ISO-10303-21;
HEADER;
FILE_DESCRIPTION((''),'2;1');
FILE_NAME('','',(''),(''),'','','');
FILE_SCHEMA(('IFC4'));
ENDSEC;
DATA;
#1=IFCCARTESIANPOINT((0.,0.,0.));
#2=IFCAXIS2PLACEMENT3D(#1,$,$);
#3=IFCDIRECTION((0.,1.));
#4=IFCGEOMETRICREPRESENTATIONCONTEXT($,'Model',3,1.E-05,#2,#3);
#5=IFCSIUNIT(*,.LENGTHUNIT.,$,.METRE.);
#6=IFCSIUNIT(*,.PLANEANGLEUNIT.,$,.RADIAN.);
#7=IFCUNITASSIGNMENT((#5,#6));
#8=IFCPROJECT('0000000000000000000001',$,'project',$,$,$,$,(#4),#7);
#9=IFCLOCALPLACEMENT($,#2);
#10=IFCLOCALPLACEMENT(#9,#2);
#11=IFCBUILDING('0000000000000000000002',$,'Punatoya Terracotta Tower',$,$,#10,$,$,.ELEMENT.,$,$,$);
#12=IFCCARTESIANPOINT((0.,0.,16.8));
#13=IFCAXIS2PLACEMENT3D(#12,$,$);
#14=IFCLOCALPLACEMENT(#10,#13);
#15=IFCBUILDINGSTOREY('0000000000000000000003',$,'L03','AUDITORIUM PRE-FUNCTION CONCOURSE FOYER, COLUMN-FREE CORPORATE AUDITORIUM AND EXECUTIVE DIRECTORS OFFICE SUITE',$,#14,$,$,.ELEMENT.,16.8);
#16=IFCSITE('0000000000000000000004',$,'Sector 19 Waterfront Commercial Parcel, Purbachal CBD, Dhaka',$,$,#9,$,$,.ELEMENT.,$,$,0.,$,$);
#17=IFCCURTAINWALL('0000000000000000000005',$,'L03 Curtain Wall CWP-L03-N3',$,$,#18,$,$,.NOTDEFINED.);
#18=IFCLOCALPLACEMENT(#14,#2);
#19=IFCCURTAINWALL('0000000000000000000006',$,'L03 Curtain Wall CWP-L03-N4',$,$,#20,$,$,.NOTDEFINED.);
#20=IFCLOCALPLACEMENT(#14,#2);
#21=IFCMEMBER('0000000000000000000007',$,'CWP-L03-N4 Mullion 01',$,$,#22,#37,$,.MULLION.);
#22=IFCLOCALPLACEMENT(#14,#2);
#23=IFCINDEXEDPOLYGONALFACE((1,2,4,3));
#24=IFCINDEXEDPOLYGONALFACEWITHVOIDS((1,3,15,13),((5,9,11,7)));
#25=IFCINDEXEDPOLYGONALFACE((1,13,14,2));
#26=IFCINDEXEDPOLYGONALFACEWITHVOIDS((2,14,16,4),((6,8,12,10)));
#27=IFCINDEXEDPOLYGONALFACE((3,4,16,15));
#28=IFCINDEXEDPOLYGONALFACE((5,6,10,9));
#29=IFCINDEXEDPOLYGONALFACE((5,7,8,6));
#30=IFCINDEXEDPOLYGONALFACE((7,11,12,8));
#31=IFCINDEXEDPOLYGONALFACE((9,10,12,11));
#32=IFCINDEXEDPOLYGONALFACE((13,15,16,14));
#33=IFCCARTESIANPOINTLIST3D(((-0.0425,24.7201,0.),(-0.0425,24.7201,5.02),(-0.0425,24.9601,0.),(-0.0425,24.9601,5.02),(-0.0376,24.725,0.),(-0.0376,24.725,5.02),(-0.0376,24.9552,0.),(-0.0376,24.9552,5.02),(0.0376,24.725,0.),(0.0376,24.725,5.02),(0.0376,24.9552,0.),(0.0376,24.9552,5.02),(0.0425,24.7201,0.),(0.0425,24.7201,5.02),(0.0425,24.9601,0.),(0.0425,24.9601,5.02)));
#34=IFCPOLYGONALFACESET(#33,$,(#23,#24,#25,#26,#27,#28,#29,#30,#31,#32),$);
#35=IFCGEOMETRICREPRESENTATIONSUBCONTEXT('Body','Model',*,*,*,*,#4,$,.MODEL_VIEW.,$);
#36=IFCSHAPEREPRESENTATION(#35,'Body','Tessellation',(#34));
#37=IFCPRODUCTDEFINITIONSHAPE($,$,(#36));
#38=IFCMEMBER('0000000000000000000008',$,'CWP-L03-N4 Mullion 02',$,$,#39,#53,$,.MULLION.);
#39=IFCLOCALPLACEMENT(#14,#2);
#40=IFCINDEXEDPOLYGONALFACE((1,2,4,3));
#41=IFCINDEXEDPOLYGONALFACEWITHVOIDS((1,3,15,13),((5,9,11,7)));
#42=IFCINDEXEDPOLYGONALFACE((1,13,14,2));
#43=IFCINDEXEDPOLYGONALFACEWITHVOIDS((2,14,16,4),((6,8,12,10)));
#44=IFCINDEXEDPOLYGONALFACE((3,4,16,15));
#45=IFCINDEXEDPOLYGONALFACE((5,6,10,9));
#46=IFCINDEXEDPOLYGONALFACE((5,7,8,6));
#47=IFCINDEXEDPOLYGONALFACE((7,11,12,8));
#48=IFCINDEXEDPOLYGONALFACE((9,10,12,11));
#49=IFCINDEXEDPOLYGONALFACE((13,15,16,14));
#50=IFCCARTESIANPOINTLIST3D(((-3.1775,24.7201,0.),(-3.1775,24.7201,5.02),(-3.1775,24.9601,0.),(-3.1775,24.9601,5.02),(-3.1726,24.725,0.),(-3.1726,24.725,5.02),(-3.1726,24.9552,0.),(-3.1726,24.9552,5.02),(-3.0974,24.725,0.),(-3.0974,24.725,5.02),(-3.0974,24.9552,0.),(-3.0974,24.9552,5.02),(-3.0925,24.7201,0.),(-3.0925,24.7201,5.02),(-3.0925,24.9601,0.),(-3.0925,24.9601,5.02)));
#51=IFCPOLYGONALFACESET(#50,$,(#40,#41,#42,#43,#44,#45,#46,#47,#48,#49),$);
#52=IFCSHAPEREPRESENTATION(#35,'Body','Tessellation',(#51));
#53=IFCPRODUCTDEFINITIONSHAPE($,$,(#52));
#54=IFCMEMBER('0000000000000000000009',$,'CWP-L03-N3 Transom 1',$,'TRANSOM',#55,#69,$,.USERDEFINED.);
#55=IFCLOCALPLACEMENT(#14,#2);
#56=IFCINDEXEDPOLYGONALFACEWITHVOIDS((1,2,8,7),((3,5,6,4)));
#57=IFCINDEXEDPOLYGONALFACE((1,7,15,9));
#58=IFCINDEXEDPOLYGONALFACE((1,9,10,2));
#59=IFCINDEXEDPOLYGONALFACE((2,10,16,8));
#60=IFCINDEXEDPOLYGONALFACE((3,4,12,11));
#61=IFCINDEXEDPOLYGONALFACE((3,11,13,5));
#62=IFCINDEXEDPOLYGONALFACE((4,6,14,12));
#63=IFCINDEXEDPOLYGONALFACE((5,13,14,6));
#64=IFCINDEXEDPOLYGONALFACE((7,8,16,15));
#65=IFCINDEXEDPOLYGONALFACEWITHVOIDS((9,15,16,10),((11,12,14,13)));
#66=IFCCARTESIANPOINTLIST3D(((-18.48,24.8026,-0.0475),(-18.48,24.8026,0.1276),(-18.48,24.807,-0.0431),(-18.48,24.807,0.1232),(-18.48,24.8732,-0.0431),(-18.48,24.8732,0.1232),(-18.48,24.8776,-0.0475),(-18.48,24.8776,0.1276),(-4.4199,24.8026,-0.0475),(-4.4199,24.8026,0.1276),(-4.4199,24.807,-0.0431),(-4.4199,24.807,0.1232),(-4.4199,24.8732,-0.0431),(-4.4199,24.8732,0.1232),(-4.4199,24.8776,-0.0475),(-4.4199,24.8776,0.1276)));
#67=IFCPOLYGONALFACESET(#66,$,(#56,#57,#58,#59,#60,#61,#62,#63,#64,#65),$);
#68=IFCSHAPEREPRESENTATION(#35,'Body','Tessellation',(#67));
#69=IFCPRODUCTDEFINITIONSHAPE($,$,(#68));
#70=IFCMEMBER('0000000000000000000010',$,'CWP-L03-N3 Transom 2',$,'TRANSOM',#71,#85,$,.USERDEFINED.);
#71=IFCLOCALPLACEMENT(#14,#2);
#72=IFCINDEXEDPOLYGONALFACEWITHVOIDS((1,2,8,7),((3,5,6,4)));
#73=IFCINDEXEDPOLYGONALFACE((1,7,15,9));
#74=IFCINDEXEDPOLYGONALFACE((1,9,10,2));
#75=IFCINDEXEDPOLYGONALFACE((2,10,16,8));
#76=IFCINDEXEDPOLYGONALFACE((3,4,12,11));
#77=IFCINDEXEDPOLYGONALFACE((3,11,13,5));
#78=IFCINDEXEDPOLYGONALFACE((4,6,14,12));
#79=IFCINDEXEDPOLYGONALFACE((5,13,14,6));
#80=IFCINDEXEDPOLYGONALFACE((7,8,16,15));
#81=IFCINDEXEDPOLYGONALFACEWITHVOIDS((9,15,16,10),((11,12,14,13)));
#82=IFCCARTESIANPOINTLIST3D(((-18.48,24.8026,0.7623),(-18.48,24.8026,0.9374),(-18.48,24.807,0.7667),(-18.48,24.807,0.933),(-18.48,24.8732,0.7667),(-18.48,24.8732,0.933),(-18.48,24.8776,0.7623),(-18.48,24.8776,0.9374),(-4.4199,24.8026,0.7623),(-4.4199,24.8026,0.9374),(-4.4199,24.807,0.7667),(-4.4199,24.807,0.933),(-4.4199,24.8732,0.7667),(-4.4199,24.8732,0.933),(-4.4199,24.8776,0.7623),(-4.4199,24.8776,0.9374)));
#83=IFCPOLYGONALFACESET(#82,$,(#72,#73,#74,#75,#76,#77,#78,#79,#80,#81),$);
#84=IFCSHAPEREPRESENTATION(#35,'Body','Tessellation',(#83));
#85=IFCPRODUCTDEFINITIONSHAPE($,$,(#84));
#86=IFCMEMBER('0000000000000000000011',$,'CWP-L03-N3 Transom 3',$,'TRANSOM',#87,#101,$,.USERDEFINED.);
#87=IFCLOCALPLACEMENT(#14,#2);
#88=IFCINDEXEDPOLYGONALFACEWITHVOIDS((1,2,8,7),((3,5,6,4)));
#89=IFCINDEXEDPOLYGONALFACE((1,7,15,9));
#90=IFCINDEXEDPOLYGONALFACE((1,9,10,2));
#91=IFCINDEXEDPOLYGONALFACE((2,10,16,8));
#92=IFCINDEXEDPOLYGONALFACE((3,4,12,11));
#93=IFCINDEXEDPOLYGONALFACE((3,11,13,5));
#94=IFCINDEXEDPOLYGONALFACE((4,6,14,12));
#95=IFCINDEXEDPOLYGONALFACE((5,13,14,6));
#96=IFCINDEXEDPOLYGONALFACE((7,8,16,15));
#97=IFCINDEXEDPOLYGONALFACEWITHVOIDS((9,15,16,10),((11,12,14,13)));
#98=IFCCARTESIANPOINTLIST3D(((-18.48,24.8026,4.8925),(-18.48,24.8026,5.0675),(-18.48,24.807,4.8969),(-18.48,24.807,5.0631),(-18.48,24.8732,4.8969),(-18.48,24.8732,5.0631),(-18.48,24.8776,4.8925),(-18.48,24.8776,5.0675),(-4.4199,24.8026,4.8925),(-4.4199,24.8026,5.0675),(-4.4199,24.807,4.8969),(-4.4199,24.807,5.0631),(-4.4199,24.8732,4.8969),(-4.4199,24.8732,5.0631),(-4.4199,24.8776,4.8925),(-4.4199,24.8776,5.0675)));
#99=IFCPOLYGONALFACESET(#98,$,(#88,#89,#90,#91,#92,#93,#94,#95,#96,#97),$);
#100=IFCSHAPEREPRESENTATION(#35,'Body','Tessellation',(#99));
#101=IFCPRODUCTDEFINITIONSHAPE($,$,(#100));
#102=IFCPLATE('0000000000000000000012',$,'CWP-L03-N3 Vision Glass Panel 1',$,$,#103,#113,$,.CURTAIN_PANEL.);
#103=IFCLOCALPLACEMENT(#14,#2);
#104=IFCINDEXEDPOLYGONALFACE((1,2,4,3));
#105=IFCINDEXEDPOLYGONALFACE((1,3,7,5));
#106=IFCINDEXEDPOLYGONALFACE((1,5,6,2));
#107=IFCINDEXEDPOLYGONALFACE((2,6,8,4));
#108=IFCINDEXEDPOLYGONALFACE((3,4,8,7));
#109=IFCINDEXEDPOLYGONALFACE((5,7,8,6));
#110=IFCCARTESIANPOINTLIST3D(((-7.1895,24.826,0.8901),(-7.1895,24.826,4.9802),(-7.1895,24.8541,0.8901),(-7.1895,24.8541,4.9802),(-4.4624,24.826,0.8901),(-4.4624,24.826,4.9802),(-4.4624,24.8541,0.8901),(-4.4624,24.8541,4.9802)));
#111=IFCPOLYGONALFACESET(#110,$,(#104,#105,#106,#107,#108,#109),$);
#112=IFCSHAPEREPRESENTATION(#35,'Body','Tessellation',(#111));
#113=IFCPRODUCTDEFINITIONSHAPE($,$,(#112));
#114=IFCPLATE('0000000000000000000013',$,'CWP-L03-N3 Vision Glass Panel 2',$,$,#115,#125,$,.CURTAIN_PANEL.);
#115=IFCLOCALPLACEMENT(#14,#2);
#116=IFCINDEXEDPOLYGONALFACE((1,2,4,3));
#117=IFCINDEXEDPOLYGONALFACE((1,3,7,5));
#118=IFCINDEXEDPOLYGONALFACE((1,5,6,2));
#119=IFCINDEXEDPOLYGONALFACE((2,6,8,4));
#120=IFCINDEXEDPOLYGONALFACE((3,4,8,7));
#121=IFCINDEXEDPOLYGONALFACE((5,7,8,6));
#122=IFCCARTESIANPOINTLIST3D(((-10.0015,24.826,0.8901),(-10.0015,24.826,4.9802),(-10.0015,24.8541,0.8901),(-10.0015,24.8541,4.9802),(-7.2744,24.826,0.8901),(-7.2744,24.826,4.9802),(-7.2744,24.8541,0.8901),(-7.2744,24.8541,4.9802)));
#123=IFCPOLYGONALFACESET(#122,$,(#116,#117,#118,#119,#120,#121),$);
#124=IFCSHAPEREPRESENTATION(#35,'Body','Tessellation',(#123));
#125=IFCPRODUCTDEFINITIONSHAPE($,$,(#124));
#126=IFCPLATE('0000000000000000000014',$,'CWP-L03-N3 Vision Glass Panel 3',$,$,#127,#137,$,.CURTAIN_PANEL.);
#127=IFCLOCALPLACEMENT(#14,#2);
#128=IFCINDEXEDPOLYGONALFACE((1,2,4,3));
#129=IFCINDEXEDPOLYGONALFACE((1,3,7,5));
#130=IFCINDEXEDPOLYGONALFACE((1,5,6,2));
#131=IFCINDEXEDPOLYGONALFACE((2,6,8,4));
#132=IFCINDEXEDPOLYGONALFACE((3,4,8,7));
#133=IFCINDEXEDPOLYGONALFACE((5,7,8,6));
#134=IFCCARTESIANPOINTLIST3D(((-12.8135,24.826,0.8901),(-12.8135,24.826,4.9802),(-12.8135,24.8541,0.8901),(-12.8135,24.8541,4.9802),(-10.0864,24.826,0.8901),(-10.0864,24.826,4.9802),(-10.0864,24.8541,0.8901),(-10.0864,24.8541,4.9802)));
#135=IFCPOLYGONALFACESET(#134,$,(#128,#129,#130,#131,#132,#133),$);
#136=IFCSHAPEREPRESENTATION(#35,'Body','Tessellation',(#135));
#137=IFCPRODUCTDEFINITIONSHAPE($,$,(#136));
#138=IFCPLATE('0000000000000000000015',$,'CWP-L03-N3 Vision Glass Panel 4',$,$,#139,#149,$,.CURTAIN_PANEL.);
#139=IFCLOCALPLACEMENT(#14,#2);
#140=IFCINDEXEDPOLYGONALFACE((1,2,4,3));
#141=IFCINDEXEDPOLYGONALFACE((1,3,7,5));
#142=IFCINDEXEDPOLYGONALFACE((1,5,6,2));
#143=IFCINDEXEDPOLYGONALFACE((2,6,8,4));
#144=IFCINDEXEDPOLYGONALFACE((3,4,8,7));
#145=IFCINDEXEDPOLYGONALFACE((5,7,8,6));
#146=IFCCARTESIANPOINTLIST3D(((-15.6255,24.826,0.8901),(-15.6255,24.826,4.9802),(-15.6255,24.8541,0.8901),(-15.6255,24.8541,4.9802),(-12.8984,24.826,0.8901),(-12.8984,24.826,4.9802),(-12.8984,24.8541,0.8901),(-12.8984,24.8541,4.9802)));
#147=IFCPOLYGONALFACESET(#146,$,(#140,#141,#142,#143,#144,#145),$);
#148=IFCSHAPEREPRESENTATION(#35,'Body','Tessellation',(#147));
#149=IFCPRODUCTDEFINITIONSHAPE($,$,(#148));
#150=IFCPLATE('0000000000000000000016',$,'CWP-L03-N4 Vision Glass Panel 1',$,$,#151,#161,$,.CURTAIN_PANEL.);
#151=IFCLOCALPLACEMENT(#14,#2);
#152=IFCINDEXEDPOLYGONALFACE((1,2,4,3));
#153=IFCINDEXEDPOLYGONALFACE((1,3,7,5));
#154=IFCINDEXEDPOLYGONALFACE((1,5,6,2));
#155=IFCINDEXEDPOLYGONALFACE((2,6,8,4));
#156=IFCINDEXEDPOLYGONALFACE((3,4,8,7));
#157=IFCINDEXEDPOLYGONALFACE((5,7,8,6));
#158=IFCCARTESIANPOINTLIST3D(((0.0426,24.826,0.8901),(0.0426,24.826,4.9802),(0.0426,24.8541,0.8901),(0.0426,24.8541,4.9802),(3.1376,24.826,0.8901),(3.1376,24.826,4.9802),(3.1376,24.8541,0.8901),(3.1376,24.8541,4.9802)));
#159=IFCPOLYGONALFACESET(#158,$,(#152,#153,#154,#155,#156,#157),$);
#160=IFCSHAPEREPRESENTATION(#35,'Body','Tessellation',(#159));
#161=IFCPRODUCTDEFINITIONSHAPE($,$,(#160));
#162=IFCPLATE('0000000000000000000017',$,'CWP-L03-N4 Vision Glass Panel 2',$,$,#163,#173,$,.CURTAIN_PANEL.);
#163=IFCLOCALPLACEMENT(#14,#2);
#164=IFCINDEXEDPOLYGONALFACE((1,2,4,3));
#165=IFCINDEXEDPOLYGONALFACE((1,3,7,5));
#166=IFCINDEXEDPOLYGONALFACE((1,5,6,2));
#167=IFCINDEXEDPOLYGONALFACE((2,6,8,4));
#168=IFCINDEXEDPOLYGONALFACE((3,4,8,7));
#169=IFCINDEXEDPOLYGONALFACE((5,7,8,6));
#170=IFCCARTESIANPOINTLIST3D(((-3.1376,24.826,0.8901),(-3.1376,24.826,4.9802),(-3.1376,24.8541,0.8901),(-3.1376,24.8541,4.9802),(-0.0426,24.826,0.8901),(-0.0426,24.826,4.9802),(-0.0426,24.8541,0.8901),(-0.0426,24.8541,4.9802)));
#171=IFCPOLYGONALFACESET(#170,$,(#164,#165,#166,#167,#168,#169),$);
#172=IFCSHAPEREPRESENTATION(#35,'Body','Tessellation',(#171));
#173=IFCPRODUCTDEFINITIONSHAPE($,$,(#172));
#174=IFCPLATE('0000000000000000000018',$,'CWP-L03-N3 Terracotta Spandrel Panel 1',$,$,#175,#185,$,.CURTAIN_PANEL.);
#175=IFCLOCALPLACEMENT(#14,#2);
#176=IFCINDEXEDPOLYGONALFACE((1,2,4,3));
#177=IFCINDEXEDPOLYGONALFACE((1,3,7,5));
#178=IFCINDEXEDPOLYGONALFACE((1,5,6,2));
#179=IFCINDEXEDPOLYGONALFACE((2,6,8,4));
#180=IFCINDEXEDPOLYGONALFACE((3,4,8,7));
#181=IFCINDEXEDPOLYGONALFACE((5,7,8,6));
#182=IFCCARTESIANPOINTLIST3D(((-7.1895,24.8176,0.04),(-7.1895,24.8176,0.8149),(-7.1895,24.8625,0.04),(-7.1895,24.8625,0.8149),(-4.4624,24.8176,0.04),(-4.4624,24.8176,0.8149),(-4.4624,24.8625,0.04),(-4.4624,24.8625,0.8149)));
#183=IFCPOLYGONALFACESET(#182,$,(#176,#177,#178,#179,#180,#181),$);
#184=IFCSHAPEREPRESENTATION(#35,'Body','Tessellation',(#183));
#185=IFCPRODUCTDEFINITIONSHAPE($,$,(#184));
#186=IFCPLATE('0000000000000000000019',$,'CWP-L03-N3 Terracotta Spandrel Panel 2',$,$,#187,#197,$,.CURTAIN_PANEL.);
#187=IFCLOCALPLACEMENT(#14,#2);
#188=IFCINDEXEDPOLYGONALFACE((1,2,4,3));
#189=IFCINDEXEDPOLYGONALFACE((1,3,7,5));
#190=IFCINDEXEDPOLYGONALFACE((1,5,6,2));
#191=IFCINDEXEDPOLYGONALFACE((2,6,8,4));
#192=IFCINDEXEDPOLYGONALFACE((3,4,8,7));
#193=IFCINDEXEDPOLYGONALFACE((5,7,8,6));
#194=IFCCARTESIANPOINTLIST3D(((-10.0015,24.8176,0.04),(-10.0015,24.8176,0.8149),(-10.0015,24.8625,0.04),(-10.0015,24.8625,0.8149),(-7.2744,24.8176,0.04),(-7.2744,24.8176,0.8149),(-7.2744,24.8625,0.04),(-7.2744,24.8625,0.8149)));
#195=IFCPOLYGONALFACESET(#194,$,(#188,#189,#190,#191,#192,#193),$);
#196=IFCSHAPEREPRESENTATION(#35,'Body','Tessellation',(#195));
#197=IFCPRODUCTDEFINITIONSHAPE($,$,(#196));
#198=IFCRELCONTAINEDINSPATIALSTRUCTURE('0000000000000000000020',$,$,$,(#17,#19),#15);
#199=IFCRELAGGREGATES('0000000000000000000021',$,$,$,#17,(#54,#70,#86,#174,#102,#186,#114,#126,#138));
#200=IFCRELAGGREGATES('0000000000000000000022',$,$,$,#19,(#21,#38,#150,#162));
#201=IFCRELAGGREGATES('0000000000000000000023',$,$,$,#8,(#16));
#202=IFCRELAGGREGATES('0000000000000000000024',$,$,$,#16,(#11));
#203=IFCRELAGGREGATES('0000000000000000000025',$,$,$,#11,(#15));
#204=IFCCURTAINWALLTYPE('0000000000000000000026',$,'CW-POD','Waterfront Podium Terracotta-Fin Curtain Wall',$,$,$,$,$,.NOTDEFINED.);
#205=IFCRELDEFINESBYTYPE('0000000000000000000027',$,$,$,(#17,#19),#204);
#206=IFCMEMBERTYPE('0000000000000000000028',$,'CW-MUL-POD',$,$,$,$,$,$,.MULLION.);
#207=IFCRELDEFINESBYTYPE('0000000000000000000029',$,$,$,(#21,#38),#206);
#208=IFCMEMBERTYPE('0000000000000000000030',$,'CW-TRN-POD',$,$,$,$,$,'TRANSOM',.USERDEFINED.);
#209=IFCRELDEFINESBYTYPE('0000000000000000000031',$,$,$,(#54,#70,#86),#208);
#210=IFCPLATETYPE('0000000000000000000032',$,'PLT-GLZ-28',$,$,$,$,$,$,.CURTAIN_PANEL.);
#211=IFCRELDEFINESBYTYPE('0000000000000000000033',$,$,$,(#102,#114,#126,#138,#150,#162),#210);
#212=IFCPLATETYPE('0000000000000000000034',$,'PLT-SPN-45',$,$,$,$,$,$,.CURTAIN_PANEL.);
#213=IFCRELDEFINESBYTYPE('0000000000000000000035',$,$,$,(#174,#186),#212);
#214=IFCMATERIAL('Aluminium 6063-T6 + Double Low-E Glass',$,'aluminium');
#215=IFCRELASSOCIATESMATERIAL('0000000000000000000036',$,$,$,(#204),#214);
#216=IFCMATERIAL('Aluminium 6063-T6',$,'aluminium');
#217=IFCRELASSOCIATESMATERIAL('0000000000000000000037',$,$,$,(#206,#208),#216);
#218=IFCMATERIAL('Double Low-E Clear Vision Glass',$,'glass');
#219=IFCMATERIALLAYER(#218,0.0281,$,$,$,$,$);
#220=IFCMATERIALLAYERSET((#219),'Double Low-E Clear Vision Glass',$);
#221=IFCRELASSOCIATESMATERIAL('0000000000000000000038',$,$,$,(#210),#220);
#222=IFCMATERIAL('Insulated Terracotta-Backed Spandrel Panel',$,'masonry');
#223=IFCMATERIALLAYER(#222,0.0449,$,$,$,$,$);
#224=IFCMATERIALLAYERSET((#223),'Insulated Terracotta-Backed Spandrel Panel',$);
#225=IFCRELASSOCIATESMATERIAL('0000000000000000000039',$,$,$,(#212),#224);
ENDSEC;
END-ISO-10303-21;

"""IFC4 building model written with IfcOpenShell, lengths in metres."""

from ifc_helpers import new_model, si_unit, direction, frame, origin, origin_2d, place, context, subcontext, project, spatial, rectangle, hollow_rectangle, extrude, material, layer, layer_set, material_profile, profile_set, type_object, element, aggregate, save


model = new_model("IFC4")

# Units and contexts
model_context = context("Model", 3, precision=1e-05, world=origin(), true_north=direction((0.0, 1.0)))
body_context = subcontext(model_context, "Body", "Model", "MODEL_VIEW")
ifc_project = project(units=[si_unit("LENGTHUNIT", "METRE"), si_unit("PLANEANGLEUNIT", "RADIAN")], contexts=[model_context])

# Site, building, storey
site_placement = place(None, origin())
site = spatial("IfcSite", under=ifc_project, at=site_placement, Name="Sector 19 Waterfront Commercial Parcel, Purbachal CBD, Dhaka", CompositionType="ELEMENT", RefElevation=0.0)
building_placement = place(site_placement, origin())
building = spatial("IfcBuilding", under=site, at=building_placement, Name="Punatoya Terracotta Tower", CompositionType="ELEMENT")
storey_placement = place(building_placement, frame((0.0, 0.0, 16.8)))
storey = spatial("IfcBuildingStorey", under=building, at=storey_placement, Name="L03", Description="AUDITORIUM PRE-FUNCTION CONCOURSE FOYER, COLUMN-FREE CORPORATE AUDITORIUM AND EXECUTIVE DIRECTORS OFFICE SUITE", CompositionType="ELEMENT", Elevation=16.8)

# Curtain walls, members
ifc_material_1 = material(Name="Aluminium 6063-T6 + Double Low-E Glass", Category="aluminium")
curtain_wall_type = type_object("IfcCurtainWallType", Name="CW-POD", Description="Waterfront Podium Terracotta-Fin Curtain Wall", PredefinedType="NOTDEFINED", material=ifc_material_1)
curtain_wall_1_placement = place(storey_placement, origin())
curtain_wall_1 = element("IfcCurtainWall", 1, at=curtain_wall_1_placement, inside=storey, type_object=curtain_wall_type, Name="L03 Curtain Wall CWP-L03-N3", PredefinedType="NOTDEFINED")
ifc_material_2 = material(Name="Aluminium 6063-T6", Category="aluminium")
ifc_material_profile_1 = material_profile(ifc_material_2, hollow_rectangle(XDim=0.085, YDim=0.24, WallThickness=0.0049, at=origin_2d()))
ifc_profile_set_1 = profile_set([ifc_material_profile_1], Name="Aluminium 6063-T6")
member_type_1 = type_object("IfcMemberType", Name="CW-MUL-POD", PredefinedType="MULLION", material=ifc_profile_set_1)
curtain_wall_2_placement = place(storey_placement, origin())
curtain_wall_2 = element("IfcCurtainWall", 2, at=curtain_wall_2_placement, inside=storey, type_object=curtain_wall_type, Name="L03 Curtain Wall CWP-L03-N4", PredefinedType="NOTDEFINED")
member_1_placement = place(storey_placement, frame((0.0, 24.8401, 0.0), z_axis=(0.0, 0.0, 1.0), x_axis=(1.0, 0.0, 0.0)))
member_1 = element("IfcMember", 3, at=member_1_placement, type_object=member_type_1, Name="CWP-L03-N4 Mullion 01", PredefinedType="MULLION", context=body_context, shape_type="SweptSolid", body=[
    extrude(hollow_rectangle(XDim=0.085, YDim=0.24, WallThickness=0.0049, at=origin_2d()), origin(), (0.0, 0.0, 1.0), 5.02),
])
member_2_placement = place(storey_placement, frame((-3.135, 24.8401, 0.0), z_axis=(0.0, 0.0, 1.0), x_axis=(1.0, 0.0, 0.0)))
member_2 = element("IfcMember", 4, at=member_2_placement, type_object=member_type_1, Name="CWP-L03-N4 Mullion 02", PredefinedType="MULLION", context=body_context, shape_type="SweptSolid", body=[
    extrude(hollow_rectangle(XDim=0.085, YDim=0.24, WallThickness=0.0049, at=origin_2d()), origin(), (0.0, 0.0, 1.0), 5.02),
])

# Members
ifc_material_profile_2 = material_profile(ifc_material_2, hollow_rectangle(XDim=0.075, YDim=0.175, WallThickness=0.0044, at=origin_2d()))
ifc_profile_set_2 = profile_set([ifc_material_profile_2], Name="Aluminium 6063-T6")
member_type_2 = type_object("IfcMemberType", Name="CW-TRN-POD", ElementType="TRANSOM", PredefinedType="USERDEFINED", material=ifc_profile_set_2)
member_3_placement = place(storey_placement, frame((-4.4199, 24.8401, 0.04), z_axis=(-1.0, 0.0, 0.0), x_axis=(0.0, -1.0, 0.0)))
member_3 = element("IfcMember", 5, at=member_3_placement, type_object=member_type_2, Name="CWP-L03-N3 Transom 1", ObjectType="TRANSOM", PredefinedType="USERDEFINED", context=body_context, shape_type="SweptSolid", body=[
    extrude(hollow_rectangle(XDim=0.075, YDim=0.175, WallThickness=0.0044, at=origin_2d()), origin(), (0.0, 0.0, 1.0), 14.0601),
])
member_4_placement = place(storey_placement, frame((-4.4199, 24.8401, 0.8499), z_axis=(-1.0, 0.0, 0.0), x_axis=(0.0, -1.0, 0.0)))
member_4 = element("IfcMember", 6, at=member_4_placement, type_object=member_type_2, Name="CWP-L03-N3 Transom 2", ObjectType="TRANSOM", PredefinedType="USERDEFINED", context=body_context, shape_type="SweptSolid", body=[
    extrude(hollow_rectangle(XDim=0.075, YDim=0.175, WallThickness=0.0044, at=origin_2d()), origin(), (0.0, 0.0, 1.0), 14.0601),
])
member_5_placement = place(storey_placement, frame((-4.4199, 24.8401, 4.98), z_axis=(-1.0, 0.0, 0.0), x_axis=(0.0, -1.0, 0.0)))
member_5 = element("IfcMember", 7, at=member_5_placement, type_object=member_type_2, Name="CWP-L03-N3 Transom 3", ObjectType="TRANSOM", PredefinedType="USERDEFINED", context=body_context, shape_type="SweptSolid", body=[
    extrude(hollow_rectangle(XDim=0.075, YDim=0.175, WallThickness=0.0044, at=origin_2d()), origin(), (0.0, 0.0, 1.0), 14.0601),
])

# Plates
ifc_material_3 = material(Name="Double Low-E Clear Vision Glass", Category="glass")
ifc_layer_1 = layer(ifc_material_3, 0.0281)
ifc_layer_set_1 = layer_set([ifc_layer_1], Name="Double Low-E Clear Vision Glass")
plate_type_1 = type_object("IfcPlateType", Name="PLT-GLZ-28", PredefinedType="CURTAIN_PANEL", material=ifc_layer_set_1)
plate_1_placement = place(storey_placement, frame((-5.8259, 24.8401, 0.8901), z_axis=(0.0, 0.0, 1.0), x_axis=(-1.0, 0.0, 0.0)))
plate_1 = element("IfcPlate", 8, at=plate_1_placement, type_object=plate_type_1, Name="CWP-L03-N3 Vision Glass Panel 1", PredefinedType="CURTAIN_PANEL", context=body_context, shape_type="SweptSolid", body=[
    extrude(rectangle(XDim=2.7271, YDim=0.0281, at=origin_2d()), origin(), (0.0, 0.0, 1.0), 4.0901),
])
plate_2_placement = place(storey_placement, frame((-8.6379, 24.8401, 0.8901), z_axis=(0.0, 0.0, 1.0), x_axis=(-1.0, 0.0, 0.0)))
plate_2 = element("IfcPlate", 9, at=plate_2_placement, type_object=plate_type_1, Name="CWP-L03-N3 Vision Glass Panel 2", PredefinedType="CURTAIN_PANEL", context=body_context, shape_type="SweptSolid", body=[
    extrude(rectangle(XDim=2.7271, YDim=0.0281, at=origin_2d()), origin(), (0.0, 0.0, 1.0), 4.0901),
])
plate_3_placement = place(storey_placement, frame((-11.45, 24.8401, 0.8901), z_axis=(0.0, 0.0, 1.0), x_axis=(-1.0, 0.0, 0.0)))
plate_3 = element("IfcPlate", 10, at=plate_3_placement, type_object=plate_type_1, Name="CWP-L03-N3 Vision Glass Panel 3", PredefinedType="CURTAIN_PANEL", context=body_context, shape_type="SweptSolid", body=[
    extrude(rectangle(XDim=2.7271, YDim=0.0281, at=origin_2d()), origin(), (0.0, 0.0, 1.0), 4.0901),
])
plate_4_placement = place(storey_placement, frame((-14.262, 24.8401, 0.8901), z_axis=(0.0, 0.0, 1.0), x_axis=(-1.0, 0.0, 0.0)))
plate_4 = element("IfcPlate", 11, at=plate_4_placement, type_object=plate_type_1, Name="CWP-L03-N3 Vision Glass Panel 4", PredefinedType="CURTAIN_PANEL", context=body_context, shape_type="SweptSolid", body=[
    extrude(rectangle(XDim=2.7271, YDim=0.0281, at=origin_2d()), origin(), (0.0, 0.0, 1.0), 4.0901),
])
plate_5_placement = place(storey_placement, frame((1.5901, 24.8401, 0.8901), z_axis=(0.0, 0.0, 1.0), x_axis=(-1.0, 0.0, 0.0)))
plate_5 = element("IfcPlate", 12, at=plate_5_placement, type_object=plate_type_1, Name="CWP-L03-N4 Vision Glass Panel 1", PredefinedType="CURTAIN_PANEL", context=body_context, shape_type="SweptSolid", body=[
    extrude(rectangle(XDim=3.095, YDim=0.0281, at=origin_2d()), origin(), (0.0, 0.0, 1.0), 4.0901),
])
plate_6_placement = place(storey_placement, frame((-1.5901, 24.8401, 0.8901), z_axis=(0.0, 0.0, 1.0), x_axis=(-1.0, 0.0, 0.0)))
plate_6 = element("IfcPlate", 13, at=plate_6_placement, type_object=plate_type_1, Name="CWP-L03-N4 Vision Glass Panel 2", PredefinedType="CURTAIN_PANEL", context=body_context, shape_type="SweptSolid", body=[
    extrude(rectangle(XDim=3.095, YDim=0.0281, at=origin_2d()), origin(), (0.0, 0.0, 1.0), 4.0901),
])
ifc_material_4 = material(Name="Insulated Terracotta-Backed Spandrel Panel", Category="masonry")
ifc_layer_2 = layer(ifc_material_4, 0.0449)
ifc_layer_set_2 = layer_set([ifc_layer_2], Name="Insulated Terracotta-Backed Spandrel Panel")
plate_type_2 = type_object("IfcPlateType", Name="PLT-SPN-45", PredefinedType="CURTAIN_PANEL", material=ifc_layer_set_2)
plate_7_placement = place(storey_placement, frame((-5.8259, 24.8401, 0.04), z_axis=(0.0, 0.0, 1.0), x_axis=(-1.0, 0.0, 0.0)))
plate_7 = element("IfcPlate", 14, at=plate_7_placement, type_object=plate_type_2, Name="CWP-L03-N3 Terracotta Spandrel Panel 1", PredefinedType="CURTAIN_PANEL", context=body_context, shape_type="SweptSolid", body=[
    extrude(rectangle(XDim=2.7271, YDim=0.0449, at=origin_2d()), origin(), (0.0, 0.0, 1.0), 0.7749),
])
plate_8_placement = place(storey_placement, frame((-8.6379, 24.8401, 0.04), z_axis=(0.0, 0.0, 1.0), x_axis=(-1.0, 0.0, 0.0)))
plate_8 = element("IfcPlate", 15, at=plate_8_placement, type_object=plate_type_2, Name="CWP-L03-N3 Terracotta Spandrel Panel 2", PredefinedType="CURTAIN_PANEL", context=body_context, shape_type="SweptSolid", body=[
    extrude(rectangle(XDim=2.7271, YDim=0.0449, at=origin_2d()), origin(), (0.0, 0.0, 1.0), 0.7749),
])
aggregate(curtain_wall_1, [member_3, member_4, member_5, plate_7, plate_1, plate_8, plate_2, plate_3, plate_4])
aggregate(curtain_wall_2, [member_1, member_2, plate_5, plate_6])

save(model, "model.ifc")
